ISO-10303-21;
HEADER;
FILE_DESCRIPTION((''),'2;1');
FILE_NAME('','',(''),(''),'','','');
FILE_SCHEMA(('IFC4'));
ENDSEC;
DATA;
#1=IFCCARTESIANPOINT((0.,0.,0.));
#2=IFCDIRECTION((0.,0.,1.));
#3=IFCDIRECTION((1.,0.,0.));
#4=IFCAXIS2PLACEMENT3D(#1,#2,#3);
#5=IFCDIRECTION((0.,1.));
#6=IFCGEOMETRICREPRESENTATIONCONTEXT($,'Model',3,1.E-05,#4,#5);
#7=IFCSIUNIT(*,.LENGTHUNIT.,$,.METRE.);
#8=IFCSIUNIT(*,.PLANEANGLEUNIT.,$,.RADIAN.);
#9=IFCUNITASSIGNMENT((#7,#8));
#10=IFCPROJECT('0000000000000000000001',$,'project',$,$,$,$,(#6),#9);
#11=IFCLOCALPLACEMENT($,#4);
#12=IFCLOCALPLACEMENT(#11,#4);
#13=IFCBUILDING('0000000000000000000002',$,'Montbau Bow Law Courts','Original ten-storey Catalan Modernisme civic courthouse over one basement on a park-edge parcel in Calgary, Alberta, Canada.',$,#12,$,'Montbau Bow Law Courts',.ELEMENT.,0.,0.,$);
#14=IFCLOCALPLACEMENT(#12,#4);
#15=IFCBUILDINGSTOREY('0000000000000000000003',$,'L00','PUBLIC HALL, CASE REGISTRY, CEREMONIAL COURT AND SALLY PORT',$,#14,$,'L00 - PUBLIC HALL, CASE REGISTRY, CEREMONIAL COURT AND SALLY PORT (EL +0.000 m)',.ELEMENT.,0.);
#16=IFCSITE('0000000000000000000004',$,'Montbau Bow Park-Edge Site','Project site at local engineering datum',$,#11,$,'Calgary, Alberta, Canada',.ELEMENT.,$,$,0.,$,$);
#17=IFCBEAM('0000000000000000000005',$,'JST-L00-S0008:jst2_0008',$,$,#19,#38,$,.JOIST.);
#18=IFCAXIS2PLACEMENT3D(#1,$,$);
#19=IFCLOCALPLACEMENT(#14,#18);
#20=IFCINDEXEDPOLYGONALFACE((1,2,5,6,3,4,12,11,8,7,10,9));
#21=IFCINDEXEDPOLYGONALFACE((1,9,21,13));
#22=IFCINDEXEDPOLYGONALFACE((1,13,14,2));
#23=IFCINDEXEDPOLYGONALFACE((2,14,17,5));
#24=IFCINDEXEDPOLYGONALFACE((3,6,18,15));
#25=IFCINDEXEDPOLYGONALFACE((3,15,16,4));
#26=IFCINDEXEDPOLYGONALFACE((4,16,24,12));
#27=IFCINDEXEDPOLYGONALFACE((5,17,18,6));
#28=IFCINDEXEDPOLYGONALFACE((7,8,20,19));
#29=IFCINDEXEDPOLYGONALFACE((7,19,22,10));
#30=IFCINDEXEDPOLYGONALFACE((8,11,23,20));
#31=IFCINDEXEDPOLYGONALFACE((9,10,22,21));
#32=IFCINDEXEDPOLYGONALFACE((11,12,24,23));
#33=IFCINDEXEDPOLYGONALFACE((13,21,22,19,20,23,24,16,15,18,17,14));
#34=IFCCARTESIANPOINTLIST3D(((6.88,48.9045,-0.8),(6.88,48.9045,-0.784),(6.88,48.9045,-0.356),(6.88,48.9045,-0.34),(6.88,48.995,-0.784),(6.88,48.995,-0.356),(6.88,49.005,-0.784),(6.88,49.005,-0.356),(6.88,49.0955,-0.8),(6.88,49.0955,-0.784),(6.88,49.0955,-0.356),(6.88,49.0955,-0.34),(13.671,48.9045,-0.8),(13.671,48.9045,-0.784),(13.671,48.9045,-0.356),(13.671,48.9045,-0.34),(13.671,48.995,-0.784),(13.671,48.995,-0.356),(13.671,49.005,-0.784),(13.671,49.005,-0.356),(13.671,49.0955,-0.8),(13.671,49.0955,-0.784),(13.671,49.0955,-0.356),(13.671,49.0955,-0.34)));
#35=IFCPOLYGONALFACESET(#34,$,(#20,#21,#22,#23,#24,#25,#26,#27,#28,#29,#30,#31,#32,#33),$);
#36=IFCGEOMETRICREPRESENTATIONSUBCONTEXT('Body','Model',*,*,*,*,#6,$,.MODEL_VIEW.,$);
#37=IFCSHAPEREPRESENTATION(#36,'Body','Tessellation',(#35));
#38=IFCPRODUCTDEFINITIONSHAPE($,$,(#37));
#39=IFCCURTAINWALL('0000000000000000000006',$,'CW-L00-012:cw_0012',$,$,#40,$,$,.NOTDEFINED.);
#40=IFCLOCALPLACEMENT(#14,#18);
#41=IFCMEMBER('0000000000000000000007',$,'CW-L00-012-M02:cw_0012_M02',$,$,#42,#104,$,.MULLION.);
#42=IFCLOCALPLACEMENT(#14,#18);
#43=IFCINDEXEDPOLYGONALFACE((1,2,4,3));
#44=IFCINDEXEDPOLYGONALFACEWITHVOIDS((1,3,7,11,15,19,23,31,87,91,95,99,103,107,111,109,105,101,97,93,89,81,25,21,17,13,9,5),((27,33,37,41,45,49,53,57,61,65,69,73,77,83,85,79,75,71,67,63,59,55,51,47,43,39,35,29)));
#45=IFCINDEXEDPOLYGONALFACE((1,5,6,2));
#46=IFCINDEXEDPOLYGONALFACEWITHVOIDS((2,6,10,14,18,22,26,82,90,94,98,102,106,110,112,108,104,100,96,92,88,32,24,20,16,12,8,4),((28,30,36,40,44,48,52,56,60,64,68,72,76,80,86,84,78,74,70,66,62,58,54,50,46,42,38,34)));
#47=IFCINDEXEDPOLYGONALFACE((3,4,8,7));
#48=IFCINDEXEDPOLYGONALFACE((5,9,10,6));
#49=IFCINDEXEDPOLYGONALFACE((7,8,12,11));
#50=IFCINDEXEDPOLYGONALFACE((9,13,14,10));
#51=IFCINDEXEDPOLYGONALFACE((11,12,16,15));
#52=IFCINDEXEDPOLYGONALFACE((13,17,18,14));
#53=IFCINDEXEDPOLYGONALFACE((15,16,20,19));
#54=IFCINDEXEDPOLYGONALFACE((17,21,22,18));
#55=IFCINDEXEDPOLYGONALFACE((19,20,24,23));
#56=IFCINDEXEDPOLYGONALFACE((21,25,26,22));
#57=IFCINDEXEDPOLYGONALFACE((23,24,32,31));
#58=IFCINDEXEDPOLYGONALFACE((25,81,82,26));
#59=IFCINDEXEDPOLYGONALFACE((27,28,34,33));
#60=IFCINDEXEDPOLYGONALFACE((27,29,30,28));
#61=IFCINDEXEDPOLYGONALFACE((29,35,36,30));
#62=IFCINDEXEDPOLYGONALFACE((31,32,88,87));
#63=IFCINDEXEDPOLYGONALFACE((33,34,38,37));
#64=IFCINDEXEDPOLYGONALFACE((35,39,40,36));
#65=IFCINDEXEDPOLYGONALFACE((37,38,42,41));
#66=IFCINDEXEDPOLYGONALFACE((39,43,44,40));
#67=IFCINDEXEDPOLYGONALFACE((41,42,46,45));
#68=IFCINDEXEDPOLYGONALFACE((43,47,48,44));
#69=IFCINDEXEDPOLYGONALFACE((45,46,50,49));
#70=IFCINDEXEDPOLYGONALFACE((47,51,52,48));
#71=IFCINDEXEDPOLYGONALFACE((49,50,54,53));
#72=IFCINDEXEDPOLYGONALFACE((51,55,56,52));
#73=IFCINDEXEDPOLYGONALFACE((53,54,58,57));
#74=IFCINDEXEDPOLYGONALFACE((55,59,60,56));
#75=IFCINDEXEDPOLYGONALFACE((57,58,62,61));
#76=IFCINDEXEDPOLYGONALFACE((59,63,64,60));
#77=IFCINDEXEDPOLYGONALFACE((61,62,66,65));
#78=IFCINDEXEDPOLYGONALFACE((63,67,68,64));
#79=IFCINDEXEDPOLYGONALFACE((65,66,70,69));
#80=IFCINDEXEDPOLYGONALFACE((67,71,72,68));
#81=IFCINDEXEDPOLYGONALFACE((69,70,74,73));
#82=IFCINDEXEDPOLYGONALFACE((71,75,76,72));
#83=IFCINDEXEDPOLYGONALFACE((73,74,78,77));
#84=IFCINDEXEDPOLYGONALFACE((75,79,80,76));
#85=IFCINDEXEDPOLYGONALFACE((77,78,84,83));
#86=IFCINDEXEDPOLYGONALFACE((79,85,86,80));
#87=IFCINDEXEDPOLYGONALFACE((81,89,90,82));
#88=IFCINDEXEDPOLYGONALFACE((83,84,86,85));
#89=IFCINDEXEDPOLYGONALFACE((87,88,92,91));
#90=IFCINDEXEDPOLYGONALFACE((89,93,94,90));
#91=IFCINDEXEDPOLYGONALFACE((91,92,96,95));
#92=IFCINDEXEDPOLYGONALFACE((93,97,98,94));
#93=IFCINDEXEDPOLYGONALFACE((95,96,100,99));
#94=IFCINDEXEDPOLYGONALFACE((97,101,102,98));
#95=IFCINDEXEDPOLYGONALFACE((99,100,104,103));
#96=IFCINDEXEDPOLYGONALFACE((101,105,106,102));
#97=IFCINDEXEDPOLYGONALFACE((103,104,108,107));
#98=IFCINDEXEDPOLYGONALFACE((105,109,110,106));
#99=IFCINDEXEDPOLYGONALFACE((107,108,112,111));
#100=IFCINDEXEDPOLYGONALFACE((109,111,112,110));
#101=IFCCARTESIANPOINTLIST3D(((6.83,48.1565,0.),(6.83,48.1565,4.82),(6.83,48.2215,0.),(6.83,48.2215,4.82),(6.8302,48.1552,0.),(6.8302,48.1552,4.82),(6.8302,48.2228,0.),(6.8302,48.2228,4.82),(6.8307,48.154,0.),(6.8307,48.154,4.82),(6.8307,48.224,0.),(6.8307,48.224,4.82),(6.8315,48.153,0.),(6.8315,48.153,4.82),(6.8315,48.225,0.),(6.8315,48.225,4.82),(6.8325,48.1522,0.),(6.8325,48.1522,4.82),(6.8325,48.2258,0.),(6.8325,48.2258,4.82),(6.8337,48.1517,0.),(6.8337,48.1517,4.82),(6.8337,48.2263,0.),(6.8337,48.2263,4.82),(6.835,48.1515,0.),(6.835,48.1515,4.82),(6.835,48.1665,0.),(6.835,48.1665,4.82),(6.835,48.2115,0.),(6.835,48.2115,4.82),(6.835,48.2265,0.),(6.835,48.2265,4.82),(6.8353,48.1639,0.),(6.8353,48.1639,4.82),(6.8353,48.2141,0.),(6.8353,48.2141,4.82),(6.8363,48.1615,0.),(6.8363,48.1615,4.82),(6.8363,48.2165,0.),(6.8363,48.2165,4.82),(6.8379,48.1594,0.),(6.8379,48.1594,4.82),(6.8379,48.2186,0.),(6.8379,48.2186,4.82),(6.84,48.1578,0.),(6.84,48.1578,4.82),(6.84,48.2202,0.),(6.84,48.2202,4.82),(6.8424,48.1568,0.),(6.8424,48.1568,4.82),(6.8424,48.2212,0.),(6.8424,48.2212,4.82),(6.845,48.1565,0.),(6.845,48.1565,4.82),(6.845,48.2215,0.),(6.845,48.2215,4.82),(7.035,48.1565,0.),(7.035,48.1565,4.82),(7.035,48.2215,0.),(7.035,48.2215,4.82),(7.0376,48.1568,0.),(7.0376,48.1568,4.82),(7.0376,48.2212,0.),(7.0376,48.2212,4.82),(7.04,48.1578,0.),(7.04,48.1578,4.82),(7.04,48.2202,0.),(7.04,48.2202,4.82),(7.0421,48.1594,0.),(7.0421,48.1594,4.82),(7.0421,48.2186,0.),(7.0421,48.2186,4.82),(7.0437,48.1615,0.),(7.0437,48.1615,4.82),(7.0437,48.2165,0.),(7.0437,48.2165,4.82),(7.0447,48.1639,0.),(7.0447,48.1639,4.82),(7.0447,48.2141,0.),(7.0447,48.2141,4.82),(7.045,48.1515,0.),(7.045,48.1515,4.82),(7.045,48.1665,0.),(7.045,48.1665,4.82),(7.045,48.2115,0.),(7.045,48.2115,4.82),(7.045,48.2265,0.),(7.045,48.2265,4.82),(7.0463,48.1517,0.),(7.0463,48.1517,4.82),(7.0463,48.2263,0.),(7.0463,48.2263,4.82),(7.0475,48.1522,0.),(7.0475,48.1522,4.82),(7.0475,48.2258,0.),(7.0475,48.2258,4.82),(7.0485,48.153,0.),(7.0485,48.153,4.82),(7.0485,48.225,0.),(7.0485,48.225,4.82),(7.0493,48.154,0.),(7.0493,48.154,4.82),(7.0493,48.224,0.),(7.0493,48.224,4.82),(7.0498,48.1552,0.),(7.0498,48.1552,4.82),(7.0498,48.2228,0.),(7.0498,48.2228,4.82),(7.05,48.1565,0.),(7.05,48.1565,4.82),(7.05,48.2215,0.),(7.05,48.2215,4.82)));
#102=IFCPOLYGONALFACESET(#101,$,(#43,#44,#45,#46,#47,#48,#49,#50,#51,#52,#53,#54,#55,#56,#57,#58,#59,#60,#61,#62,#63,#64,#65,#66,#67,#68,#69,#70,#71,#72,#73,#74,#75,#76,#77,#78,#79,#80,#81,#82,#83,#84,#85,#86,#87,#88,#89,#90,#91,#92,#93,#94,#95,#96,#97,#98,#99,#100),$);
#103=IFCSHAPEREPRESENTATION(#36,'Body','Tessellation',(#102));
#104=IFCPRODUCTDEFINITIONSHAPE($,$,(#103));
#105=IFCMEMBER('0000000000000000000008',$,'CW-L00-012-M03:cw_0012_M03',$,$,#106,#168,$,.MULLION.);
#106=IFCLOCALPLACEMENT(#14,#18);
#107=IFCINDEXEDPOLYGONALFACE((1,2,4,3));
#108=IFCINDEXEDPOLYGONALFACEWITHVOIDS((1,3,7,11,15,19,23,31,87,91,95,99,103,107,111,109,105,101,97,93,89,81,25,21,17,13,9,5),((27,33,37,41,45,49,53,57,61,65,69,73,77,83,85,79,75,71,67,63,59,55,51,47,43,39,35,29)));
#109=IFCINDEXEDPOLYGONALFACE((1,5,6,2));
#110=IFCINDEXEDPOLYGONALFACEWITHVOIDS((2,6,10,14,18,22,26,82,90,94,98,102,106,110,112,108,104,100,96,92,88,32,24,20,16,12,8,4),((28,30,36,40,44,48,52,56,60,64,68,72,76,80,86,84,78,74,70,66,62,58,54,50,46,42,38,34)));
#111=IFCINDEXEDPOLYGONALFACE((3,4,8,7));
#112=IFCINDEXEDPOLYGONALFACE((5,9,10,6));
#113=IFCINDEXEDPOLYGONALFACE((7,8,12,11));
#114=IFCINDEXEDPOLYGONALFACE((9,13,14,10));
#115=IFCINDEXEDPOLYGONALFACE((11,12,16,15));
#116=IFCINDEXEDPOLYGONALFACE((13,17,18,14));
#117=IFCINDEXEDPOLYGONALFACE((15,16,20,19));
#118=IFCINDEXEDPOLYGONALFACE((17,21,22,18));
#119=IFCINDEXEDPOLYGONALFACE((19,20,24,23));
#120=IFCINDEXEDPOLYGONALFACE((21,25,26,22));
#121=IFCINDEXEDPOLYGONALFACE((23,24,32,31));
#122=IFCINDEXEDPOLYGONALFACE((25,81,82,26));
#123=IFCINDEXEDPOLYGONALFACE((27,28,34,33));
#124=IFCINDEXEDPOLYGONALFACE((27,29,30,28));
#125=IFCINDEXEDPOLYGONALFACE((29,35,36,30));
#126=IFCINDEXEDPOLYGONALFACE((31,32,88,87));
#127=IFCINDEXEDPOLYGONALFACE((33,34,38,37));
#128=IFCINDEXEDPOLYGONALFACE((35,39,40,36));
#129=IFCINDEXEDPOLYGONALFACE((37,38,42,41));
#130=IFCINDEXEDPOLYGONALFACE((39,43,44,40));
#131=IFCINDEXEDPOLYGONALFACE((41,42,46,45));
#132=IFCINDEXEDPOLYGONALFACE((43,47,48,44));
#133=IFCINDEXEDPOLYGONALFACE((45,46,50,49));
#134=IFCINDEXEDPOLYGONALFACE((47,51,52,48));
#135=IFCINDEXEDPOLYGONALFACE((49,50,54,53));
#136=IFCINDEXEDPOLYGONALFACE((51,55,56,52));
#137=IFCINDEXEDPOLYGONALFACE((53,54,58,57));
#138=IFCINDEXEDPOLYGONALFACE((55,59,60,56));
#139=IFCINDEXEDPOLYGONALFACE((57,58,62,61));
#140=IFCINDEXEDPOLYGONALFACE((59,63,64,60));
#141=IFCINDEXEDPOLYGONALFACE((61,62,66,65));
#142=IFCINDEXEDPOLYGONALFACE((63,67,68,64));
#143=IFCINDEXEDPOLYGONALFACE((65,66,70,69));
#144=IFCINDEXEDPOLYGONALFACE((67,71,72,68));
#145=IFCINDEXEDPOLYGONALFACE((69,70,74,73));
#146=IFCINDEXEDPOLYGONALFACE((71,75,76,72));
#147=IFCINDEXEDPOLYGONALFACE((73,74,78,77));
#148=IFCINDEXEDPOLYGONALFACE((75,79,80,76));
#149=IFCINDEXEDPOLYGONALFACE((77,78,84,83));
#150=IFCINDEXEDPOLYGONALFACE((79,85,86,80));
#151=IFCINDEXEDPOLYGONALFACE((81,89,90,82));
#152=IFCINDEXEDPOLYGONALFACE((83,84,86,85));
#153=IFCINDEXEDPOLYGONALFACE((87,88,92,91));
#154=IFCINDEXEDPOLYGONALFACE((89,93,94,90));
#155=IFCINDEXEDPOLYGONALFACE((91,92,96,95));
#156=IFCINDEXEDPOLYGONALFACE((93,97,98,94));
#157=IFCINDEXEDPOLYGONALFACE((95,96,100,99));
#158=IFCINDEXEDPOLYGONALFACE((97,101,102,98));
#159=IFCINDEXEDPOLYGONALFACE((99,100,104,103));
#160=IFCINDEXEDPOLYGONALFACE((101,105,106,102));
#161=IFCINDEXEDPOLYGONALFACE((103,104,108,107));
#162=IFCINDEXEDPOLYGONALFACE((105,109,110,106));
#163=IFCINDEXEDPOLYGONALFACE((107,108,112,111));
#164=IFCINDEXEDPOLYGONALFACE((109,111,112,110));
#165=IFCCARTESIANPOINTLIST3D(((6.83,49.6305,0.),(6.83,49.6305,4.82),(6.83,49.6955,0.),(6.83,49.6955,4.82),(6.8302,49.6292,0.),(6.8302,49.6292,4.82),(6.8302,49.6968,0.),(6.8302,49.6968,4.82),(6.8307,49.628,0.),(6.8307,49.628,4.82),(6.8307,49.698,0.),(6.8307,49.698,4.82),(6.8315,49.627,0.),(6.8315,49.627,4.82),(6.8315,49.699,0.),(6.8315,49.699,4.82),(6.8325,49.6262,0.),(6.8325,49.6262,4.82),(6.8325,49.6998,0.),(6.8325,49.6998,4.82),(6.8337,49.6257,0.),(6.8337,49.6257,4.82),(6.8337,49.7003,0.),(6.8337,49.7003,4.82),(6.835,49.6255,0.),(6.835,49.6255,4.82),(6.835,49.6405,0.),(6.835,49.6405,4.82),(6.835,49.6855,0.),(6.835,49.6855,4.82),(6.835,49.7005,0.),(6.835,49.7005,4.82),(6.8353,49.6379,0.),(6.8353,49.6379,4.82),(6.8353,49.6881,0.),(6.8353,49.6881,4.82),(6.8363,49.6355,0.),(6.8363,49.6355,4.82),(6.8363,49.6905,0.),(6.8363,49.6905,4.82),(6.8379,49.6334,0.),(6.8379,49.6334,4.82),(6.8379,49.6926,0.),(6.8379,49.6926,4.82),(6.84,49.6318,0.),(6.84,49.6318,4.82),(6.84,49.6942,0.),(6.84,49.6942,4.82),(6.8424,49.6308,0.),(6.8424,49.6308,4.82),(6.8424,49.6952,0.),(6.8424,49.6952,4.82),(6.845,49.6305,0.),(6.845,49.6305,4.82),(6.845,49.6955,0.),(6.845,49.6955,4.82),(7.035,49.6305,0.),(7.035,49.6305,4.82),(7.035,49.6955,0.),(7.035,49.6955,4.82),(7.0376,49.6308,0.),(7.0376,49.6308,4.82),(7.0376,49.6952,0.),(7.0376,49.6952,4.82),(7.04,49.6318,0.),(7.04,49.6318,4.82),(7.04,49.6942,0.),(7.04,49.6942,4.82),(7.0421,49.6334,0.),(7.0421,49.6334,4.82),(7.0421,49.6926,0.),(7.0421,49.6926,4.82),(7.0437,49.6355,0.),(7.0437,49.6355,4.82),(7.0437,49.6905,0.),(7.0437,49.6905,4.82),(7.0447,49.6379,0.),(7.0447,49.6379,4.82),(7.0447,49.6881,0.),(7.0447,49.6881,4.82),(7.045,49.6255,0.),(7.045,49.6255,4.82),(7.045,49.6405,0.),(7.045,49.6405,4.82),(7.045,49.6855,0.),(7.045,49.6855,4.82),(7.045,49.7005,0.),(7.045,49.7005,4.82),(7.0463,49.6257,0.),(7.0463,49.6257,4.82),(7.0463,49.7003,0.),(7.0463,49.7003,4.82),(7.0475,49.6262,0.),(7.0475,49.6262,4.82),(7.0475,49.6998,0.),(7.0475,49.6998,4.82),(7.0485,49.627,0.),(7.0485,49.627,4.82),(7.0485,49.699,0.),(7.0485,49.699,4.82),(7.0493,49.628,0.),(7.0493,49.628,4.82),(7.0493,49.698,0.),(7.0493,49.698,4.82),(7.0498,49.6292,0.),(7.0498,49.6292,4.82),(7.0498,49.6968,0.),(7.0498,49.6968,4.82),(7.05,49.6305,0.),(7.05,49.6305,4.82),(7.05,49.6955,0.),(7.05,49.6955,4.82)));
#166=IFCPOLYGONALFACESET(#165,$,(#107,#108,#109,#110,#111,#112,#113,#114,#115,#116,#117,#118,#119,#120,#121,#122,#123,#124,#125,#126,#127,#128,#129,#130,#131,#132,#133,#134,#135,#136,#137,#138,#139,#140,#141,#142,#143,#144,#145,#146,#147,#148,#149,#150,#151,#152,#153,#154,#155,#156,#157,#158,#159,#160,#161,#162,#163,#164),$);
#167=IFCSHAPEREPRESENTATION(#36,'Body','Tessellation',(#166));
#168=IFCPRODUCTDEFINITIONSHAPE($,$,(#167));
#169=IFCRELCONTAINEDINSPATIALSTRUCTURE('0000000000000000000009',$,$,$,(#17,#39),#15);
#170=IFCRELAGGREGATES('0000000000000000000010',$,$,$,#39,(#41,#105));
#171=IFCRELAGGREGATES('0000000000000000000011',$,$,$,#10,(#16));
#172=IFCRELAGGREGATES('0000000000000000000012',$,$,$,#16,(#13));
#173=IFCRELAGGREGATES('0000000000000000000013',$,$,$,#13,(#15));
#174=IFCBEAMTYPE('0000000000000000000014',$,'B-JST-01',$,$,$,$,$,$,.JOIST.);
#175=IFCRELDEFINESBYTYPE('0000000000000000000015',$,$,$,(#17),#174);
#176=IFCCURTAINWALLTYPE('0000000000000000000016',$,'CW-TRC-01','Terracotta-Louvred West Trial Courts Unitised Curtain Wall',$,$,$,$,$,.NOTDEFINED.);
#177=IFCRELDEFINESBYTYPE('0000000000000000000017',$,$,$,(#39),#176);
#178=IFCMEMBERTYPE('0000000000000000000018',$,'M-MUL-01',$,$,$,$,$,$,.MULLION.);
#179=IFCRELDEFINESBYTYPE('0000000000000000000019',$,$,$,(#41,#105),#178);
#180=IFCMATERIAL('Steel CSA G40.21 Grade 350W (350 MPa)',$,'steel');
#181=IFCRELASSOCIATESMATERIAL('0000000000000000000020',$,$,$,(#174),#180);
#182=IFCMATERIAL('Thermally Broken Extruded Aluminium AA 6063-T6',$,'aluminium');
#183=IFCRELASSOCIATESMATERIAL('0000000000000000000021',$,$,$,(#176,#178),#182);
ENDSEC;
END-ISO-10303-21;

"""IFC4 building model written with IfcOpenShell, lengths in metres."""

from ifc_helpers import new_model, si_unit, direction, frame, origin_with_axes, origin_2d_with_axis, place, context, subcontext, project, spatial, hollow_rectangle, i_section, extrude, material, material_profile, profile_set, type_object, element, aggregate, save


model = new_model("IFC4")

# Units and contexts
model_context = context("Model", 3, precision=1e-05, world=origin_with_axes(), true_north=direction((0.0, 1.0)))
body_context = subcontext(model_context, "Body", "Model", "MODEL_VIEW")
ifc_project = project(units=[si_unit("LENGTHUNIT", "METRE"), si_unit("PLANEANGLEUNIT", "RADIAN")], contexts=[model_context])

# Site, building, storey
site_placement = place(None, origin_with_axes())
site = spatial("IfcSite", under=ifc_project, at=site_placement, Name="Montbau Bow Park-Edge Site", Description="Project site at local engineering datum", LongName="Calgary, Alberta, Canada", CompositionType="ELEMENT", RefElevation=0.0)
building_placement = place(site_placement, origin_with_axes())
building = spatial("IfcBuilding", under=site, at=building_placement, Name="Montbau Bow Law Courts", Description="Original ten-storey Catalan Modernisme civic courthouse over one basement on a park-edge parcel in Calgary, Alberta, Canada.", LongName="Montbau Bow Law Courts", CompositionType="ELEMENT", ElevationOfRefHeight=0.0, ElevationOfTerrain=0.0)
storey_placement = place(building_placement, origin_with_axes())
storey = spatial("IfcBuildingStorey", under=building, at=storey_placement, Name="L00", Description="PUBLIC HALL, CASE REGISTRY, CEREMONIAL COURT AND SALLY PORT", LongName="L00 - PUBLIC HALL, CASE REGISTRY, CEREMONIAL COURT AND SALLY PORT (EL +0.000 m)", CompositionType="ELEMENT", Elevation=0.0)

# Beam
ifc_material_1 = material(Name="Steel CSA G40.21 Grade 350W (350 MPa)", Category="steel")
ifc_material_profile_1 = material_profile(ifc_material_1, i_section(OverallWidth=0.191, OverallDepth=0.46, WebThickness=0.0099, FlangeThickness=0.016, at=origin_2d_with_axis()), Name="W460X82", Category="Main", Priority=0)
ifc_profile_set_1 = profile_set([ifc_material_profile_1], Name="Steel CSA G40.21 Grade 350W (350 MPa)")
beam_type = type_object("IfcBeamType", Name="B-JST-01", PredefinedType="JOIST", material=ifc_profile_set_1)
beam_placement = place(None, frame((6.88, 49.0, -0.57), z_axis=(1.0, 0.0, 0.0), x_axis=(0.0, 1.0, 0.0)))
element("IfcBeam", 1, at=beam_placement, inside=storey, type_object=beam_type, Name="JST-L00-S0008:jst2_0008", PredefinedType="JOIST", context=body_context, shape_type="SweptSolid", body=[
    extrude(i_section(OverallWidth=0.191, OverallDepth=0.46, WebThickness=0.0099, FlangeThickness=0.016, at=origin_2d_with_axis()), origin_with_axes(), (0.0, 0.0, 1.0), 6.791),
])

# Curtain wall, members
ifc_material_2 = material(Name="Thermally Broken Extruded Aluminium AA 6063-T6", Category="aluminium")
curtain_wall_type = type_object("IfcCurtainWallType", Name="CW-TRC-01", Description="Terracotta-Louvred West Trial Courts Unitised Curtain Wall", PredefinedType="NOTDEFINED", material=ifc_material_2)
curtain_wall_placement = place(None, frame((6.94, 46.715, 0.0), z_axis=(0.0, 0.0, 1.0), x_axis=(1.0, 0.0, 0.0)))
curtain_wall = element("IfcCurtainWall", 2, at=curtain_wall_placement, inside=storey, type_object=curtain_wall_type, Name="CW-L00-012:cw_0012", PredefinedType="NOTDEFINED")
ifc_material_profile_2 = material_profile(ifc_material_2, hollow_rectangle(XDim=0.075, YDim=0.22, WallThickness=0.005, InnerFilletRadius=0.01, OuterFilletRadius=0.005, at=origin_2d_with_axis()), Name="CWM-220X75", Category="Main", Priority=0)
ifc_profile_set_2 = profile_set([ifc_material_profile_2], Name="Thermally Broken Extruded Aluminium AA 6063-T6")
member_type_1 = type_object("IfcMemberType", Name="M-MUL-01", PredefinedType="MULLION", material=ifc_profile_set_2)
member_1_placement = place(None, frame((6.94, 48.189, 0.0), z_axis=(0.0, 0.0, 1.0), x_axis=(0.0, 1.0, 0.0)))
member_1 = element("IfcMember", 3, at=member_1_placement, type_object=member_type_1, Name="CW-L00-012-M02:cw_0012_M02", PredefinedType="MULLION", context=body_context, shape_type="SweptSolid", body=[
    extrude(hollow_rectangle(XDim=0.075, YDim=0.22, WallThickness=0.005, InnerFilletRadius=0.01, OuterFilletRadius=0.005, at=origin_2d_with_axis()), origin_with_axes(), (0.0, 0.0, 1.0), 4.82),
])
member_2_placement = place(None, frame((6.94, 49.663, 0.0), z_axis=(0.0, 0.0, 1.0), x_axis=(0.0, 1.0, 0.0)))
member_2 = element("IfcMember", 4, at=member_2_placement, type_object=member_type_1, Name="CW-L00-012-M03:cw_0012_M03", PredefinedType="MULLION", context=body_context, shape_type="SweptSolid", body=[
    extrude(hollow_rectangle(XDim=0.075, YDim=0.22, WallThickness=0.005, InnerFilletRadius=0.01, OuterFilletRadius=0.005, at=origin_2d_with_axis()), origin_with_axes(), (0.0, 0.0, 1.0), 4.82),
])
aggregate(curtain_wall, [member_1, member_2])

save(model, "model.ifc")
